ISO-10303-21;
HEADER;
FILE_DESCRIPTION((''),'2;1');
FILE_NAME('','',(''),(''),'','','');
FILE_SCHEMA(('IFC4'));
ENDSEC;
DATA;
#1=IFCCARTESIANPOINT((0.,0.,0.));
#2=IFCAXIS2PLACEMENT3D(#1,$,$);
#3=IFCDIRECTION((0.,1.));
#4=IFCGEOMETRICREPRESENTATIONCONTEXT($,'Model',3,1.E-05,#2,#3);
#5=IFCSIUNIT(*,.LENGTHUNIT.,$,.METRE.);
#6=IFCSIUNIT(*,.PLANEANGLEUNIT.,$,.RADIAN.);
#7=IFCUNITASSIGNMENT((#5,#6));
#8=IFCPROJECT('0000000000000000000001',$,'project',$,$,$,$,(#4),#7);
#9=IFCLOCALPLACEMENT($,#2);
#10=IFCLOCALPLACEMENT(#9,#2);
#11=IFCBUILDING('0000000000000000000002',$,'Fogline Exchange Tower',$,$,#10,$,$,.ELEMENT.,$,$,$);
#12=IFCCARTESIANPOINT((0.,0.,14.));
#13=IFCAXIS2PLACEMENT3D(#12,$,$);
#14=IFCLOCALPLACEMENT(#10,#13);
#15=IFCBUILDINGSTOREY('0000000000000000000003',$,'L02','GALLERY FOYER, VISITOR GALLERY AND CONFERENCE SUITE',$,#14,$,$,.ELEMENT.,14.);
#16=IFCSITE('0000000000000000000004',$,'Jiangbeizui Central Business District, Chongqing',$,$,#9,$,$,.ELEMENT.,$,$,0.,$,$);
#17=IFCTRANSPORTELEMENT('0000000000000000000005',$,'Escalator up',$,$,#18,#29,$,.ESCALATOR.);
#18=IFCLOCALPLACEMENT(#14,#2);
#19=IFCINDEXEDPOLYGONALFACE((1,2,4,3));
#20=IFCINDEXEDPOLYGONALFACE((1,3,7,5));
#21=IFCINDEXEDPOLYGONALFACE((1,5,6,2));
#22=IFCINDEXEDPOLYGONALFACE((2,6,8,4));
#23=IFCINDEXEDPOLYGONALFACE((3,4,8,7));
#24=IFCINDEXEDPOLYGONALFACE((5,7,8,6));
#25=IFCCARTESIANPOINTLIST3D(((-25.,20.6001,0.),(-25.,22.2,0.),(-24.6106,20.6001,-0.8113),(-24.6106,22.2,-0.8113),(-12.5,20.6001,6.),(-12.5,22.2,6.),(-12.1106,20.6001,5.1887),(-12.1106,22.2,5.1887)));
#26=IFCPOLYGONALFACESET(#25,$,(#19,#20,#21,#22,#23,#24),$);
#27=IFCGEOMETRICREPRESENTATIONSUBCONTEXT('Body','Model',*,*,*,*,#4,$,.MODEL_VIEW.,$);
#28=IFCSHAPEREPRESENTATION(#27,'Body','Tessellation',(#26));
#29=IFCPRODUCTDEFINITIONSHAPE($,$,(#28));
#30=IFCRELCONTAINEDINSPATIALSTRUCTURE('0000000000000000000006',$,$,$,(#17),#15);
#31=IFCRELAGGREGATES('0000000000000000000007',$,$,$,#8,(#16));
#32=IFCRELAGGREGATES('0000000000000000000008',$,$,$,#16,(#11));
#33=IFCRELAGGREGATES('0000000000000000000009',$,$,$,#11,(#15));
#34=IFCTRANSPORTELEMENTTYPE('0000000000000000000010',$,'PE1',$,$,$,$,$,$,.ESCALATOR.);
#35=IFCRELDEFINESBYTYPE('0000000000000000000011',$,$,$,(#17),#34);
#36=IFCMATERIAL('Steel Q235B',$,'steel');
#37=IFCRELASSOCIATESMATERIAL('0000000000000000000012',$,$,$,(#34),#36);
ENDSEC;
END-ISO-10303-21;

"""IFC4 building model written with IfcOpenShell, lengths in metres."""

from ifc_helpers import new_model, si_unit, direction, frame, origin, place, context, subcontext, project, spatial, polyline, outline, extrude, material, type_object, element, save


model = new_model("IFC4")

# Units and contexts
model_context = context("Model", 3, precision=1e-05, world=origin(), true_north=direction((0.0, 1.0)))
body_context = subcontext(model_context, "Body", "Model", "MODEL_VIEW")
ifc_project = project(units=[si_unit("LENGTHUNIT", "METRE"), si_unit("PLANEANGLEUNIT", "RADIAN")], contexts=[model_context])

# Site, building, storey
site_placement = place(None, origin())
site = spatial("IfcSite", under=ifc_project, at=site_placement, Name="Jiangbeizui Central Business District, Chongqing", CompositionType="ELEMENT", RefElevation=0.0)
building_placement = place(site_placement, origin())
building = spatial("IfcBuilding", under=site, at=building_placement, Name="Fogline Exchange Tower", CompositionType="ELEMENT")
storey_placement = place(building_placement, frame((0.0, 0.0, 14.0)))
storey = spatial("IfcBuildingStorey", under=building, at=storey_placement, Name="L02", Description="GALLERY FOYER, VISITOR GALLERY AND CONFERENCE SUITE", CompositionType="ELEMENT", Elevation=14.0)

# Shared definitions
ifc_material_1 = material(Name="Steel Q235B", Category="steel")

# Transport element
transport_element_type = type_object("IfcTransportElementType", Name="PE1", PredefinedType="ESCALATOR", material=ifc_material_1)
transport_element_placement = place(storey_placement, frame((-25.0, 20.6001, 0.0), z_axis=(-0.432731, 0.0, 0.901523), x_axis=(0.0, 1.0, 0.0)))
element("IfcTransportElement", 1, at=transport_element_placement, inside=storey, type_object=transport_element_type, Name="Escalator up", PredefinedType="ESCALATOR", context=body_context, shape_type="SweptSolid", body=[
    extrude(outline(polyline([(0.0, 0.0), (1.5999, 0.0), (1.5999, -13.8654), (0.0, -13.8654), (0.0, 0.0)])), origin(), (0.0, 0.0, -1.0), 0.8999),
])

save(model, "model.ifc")
